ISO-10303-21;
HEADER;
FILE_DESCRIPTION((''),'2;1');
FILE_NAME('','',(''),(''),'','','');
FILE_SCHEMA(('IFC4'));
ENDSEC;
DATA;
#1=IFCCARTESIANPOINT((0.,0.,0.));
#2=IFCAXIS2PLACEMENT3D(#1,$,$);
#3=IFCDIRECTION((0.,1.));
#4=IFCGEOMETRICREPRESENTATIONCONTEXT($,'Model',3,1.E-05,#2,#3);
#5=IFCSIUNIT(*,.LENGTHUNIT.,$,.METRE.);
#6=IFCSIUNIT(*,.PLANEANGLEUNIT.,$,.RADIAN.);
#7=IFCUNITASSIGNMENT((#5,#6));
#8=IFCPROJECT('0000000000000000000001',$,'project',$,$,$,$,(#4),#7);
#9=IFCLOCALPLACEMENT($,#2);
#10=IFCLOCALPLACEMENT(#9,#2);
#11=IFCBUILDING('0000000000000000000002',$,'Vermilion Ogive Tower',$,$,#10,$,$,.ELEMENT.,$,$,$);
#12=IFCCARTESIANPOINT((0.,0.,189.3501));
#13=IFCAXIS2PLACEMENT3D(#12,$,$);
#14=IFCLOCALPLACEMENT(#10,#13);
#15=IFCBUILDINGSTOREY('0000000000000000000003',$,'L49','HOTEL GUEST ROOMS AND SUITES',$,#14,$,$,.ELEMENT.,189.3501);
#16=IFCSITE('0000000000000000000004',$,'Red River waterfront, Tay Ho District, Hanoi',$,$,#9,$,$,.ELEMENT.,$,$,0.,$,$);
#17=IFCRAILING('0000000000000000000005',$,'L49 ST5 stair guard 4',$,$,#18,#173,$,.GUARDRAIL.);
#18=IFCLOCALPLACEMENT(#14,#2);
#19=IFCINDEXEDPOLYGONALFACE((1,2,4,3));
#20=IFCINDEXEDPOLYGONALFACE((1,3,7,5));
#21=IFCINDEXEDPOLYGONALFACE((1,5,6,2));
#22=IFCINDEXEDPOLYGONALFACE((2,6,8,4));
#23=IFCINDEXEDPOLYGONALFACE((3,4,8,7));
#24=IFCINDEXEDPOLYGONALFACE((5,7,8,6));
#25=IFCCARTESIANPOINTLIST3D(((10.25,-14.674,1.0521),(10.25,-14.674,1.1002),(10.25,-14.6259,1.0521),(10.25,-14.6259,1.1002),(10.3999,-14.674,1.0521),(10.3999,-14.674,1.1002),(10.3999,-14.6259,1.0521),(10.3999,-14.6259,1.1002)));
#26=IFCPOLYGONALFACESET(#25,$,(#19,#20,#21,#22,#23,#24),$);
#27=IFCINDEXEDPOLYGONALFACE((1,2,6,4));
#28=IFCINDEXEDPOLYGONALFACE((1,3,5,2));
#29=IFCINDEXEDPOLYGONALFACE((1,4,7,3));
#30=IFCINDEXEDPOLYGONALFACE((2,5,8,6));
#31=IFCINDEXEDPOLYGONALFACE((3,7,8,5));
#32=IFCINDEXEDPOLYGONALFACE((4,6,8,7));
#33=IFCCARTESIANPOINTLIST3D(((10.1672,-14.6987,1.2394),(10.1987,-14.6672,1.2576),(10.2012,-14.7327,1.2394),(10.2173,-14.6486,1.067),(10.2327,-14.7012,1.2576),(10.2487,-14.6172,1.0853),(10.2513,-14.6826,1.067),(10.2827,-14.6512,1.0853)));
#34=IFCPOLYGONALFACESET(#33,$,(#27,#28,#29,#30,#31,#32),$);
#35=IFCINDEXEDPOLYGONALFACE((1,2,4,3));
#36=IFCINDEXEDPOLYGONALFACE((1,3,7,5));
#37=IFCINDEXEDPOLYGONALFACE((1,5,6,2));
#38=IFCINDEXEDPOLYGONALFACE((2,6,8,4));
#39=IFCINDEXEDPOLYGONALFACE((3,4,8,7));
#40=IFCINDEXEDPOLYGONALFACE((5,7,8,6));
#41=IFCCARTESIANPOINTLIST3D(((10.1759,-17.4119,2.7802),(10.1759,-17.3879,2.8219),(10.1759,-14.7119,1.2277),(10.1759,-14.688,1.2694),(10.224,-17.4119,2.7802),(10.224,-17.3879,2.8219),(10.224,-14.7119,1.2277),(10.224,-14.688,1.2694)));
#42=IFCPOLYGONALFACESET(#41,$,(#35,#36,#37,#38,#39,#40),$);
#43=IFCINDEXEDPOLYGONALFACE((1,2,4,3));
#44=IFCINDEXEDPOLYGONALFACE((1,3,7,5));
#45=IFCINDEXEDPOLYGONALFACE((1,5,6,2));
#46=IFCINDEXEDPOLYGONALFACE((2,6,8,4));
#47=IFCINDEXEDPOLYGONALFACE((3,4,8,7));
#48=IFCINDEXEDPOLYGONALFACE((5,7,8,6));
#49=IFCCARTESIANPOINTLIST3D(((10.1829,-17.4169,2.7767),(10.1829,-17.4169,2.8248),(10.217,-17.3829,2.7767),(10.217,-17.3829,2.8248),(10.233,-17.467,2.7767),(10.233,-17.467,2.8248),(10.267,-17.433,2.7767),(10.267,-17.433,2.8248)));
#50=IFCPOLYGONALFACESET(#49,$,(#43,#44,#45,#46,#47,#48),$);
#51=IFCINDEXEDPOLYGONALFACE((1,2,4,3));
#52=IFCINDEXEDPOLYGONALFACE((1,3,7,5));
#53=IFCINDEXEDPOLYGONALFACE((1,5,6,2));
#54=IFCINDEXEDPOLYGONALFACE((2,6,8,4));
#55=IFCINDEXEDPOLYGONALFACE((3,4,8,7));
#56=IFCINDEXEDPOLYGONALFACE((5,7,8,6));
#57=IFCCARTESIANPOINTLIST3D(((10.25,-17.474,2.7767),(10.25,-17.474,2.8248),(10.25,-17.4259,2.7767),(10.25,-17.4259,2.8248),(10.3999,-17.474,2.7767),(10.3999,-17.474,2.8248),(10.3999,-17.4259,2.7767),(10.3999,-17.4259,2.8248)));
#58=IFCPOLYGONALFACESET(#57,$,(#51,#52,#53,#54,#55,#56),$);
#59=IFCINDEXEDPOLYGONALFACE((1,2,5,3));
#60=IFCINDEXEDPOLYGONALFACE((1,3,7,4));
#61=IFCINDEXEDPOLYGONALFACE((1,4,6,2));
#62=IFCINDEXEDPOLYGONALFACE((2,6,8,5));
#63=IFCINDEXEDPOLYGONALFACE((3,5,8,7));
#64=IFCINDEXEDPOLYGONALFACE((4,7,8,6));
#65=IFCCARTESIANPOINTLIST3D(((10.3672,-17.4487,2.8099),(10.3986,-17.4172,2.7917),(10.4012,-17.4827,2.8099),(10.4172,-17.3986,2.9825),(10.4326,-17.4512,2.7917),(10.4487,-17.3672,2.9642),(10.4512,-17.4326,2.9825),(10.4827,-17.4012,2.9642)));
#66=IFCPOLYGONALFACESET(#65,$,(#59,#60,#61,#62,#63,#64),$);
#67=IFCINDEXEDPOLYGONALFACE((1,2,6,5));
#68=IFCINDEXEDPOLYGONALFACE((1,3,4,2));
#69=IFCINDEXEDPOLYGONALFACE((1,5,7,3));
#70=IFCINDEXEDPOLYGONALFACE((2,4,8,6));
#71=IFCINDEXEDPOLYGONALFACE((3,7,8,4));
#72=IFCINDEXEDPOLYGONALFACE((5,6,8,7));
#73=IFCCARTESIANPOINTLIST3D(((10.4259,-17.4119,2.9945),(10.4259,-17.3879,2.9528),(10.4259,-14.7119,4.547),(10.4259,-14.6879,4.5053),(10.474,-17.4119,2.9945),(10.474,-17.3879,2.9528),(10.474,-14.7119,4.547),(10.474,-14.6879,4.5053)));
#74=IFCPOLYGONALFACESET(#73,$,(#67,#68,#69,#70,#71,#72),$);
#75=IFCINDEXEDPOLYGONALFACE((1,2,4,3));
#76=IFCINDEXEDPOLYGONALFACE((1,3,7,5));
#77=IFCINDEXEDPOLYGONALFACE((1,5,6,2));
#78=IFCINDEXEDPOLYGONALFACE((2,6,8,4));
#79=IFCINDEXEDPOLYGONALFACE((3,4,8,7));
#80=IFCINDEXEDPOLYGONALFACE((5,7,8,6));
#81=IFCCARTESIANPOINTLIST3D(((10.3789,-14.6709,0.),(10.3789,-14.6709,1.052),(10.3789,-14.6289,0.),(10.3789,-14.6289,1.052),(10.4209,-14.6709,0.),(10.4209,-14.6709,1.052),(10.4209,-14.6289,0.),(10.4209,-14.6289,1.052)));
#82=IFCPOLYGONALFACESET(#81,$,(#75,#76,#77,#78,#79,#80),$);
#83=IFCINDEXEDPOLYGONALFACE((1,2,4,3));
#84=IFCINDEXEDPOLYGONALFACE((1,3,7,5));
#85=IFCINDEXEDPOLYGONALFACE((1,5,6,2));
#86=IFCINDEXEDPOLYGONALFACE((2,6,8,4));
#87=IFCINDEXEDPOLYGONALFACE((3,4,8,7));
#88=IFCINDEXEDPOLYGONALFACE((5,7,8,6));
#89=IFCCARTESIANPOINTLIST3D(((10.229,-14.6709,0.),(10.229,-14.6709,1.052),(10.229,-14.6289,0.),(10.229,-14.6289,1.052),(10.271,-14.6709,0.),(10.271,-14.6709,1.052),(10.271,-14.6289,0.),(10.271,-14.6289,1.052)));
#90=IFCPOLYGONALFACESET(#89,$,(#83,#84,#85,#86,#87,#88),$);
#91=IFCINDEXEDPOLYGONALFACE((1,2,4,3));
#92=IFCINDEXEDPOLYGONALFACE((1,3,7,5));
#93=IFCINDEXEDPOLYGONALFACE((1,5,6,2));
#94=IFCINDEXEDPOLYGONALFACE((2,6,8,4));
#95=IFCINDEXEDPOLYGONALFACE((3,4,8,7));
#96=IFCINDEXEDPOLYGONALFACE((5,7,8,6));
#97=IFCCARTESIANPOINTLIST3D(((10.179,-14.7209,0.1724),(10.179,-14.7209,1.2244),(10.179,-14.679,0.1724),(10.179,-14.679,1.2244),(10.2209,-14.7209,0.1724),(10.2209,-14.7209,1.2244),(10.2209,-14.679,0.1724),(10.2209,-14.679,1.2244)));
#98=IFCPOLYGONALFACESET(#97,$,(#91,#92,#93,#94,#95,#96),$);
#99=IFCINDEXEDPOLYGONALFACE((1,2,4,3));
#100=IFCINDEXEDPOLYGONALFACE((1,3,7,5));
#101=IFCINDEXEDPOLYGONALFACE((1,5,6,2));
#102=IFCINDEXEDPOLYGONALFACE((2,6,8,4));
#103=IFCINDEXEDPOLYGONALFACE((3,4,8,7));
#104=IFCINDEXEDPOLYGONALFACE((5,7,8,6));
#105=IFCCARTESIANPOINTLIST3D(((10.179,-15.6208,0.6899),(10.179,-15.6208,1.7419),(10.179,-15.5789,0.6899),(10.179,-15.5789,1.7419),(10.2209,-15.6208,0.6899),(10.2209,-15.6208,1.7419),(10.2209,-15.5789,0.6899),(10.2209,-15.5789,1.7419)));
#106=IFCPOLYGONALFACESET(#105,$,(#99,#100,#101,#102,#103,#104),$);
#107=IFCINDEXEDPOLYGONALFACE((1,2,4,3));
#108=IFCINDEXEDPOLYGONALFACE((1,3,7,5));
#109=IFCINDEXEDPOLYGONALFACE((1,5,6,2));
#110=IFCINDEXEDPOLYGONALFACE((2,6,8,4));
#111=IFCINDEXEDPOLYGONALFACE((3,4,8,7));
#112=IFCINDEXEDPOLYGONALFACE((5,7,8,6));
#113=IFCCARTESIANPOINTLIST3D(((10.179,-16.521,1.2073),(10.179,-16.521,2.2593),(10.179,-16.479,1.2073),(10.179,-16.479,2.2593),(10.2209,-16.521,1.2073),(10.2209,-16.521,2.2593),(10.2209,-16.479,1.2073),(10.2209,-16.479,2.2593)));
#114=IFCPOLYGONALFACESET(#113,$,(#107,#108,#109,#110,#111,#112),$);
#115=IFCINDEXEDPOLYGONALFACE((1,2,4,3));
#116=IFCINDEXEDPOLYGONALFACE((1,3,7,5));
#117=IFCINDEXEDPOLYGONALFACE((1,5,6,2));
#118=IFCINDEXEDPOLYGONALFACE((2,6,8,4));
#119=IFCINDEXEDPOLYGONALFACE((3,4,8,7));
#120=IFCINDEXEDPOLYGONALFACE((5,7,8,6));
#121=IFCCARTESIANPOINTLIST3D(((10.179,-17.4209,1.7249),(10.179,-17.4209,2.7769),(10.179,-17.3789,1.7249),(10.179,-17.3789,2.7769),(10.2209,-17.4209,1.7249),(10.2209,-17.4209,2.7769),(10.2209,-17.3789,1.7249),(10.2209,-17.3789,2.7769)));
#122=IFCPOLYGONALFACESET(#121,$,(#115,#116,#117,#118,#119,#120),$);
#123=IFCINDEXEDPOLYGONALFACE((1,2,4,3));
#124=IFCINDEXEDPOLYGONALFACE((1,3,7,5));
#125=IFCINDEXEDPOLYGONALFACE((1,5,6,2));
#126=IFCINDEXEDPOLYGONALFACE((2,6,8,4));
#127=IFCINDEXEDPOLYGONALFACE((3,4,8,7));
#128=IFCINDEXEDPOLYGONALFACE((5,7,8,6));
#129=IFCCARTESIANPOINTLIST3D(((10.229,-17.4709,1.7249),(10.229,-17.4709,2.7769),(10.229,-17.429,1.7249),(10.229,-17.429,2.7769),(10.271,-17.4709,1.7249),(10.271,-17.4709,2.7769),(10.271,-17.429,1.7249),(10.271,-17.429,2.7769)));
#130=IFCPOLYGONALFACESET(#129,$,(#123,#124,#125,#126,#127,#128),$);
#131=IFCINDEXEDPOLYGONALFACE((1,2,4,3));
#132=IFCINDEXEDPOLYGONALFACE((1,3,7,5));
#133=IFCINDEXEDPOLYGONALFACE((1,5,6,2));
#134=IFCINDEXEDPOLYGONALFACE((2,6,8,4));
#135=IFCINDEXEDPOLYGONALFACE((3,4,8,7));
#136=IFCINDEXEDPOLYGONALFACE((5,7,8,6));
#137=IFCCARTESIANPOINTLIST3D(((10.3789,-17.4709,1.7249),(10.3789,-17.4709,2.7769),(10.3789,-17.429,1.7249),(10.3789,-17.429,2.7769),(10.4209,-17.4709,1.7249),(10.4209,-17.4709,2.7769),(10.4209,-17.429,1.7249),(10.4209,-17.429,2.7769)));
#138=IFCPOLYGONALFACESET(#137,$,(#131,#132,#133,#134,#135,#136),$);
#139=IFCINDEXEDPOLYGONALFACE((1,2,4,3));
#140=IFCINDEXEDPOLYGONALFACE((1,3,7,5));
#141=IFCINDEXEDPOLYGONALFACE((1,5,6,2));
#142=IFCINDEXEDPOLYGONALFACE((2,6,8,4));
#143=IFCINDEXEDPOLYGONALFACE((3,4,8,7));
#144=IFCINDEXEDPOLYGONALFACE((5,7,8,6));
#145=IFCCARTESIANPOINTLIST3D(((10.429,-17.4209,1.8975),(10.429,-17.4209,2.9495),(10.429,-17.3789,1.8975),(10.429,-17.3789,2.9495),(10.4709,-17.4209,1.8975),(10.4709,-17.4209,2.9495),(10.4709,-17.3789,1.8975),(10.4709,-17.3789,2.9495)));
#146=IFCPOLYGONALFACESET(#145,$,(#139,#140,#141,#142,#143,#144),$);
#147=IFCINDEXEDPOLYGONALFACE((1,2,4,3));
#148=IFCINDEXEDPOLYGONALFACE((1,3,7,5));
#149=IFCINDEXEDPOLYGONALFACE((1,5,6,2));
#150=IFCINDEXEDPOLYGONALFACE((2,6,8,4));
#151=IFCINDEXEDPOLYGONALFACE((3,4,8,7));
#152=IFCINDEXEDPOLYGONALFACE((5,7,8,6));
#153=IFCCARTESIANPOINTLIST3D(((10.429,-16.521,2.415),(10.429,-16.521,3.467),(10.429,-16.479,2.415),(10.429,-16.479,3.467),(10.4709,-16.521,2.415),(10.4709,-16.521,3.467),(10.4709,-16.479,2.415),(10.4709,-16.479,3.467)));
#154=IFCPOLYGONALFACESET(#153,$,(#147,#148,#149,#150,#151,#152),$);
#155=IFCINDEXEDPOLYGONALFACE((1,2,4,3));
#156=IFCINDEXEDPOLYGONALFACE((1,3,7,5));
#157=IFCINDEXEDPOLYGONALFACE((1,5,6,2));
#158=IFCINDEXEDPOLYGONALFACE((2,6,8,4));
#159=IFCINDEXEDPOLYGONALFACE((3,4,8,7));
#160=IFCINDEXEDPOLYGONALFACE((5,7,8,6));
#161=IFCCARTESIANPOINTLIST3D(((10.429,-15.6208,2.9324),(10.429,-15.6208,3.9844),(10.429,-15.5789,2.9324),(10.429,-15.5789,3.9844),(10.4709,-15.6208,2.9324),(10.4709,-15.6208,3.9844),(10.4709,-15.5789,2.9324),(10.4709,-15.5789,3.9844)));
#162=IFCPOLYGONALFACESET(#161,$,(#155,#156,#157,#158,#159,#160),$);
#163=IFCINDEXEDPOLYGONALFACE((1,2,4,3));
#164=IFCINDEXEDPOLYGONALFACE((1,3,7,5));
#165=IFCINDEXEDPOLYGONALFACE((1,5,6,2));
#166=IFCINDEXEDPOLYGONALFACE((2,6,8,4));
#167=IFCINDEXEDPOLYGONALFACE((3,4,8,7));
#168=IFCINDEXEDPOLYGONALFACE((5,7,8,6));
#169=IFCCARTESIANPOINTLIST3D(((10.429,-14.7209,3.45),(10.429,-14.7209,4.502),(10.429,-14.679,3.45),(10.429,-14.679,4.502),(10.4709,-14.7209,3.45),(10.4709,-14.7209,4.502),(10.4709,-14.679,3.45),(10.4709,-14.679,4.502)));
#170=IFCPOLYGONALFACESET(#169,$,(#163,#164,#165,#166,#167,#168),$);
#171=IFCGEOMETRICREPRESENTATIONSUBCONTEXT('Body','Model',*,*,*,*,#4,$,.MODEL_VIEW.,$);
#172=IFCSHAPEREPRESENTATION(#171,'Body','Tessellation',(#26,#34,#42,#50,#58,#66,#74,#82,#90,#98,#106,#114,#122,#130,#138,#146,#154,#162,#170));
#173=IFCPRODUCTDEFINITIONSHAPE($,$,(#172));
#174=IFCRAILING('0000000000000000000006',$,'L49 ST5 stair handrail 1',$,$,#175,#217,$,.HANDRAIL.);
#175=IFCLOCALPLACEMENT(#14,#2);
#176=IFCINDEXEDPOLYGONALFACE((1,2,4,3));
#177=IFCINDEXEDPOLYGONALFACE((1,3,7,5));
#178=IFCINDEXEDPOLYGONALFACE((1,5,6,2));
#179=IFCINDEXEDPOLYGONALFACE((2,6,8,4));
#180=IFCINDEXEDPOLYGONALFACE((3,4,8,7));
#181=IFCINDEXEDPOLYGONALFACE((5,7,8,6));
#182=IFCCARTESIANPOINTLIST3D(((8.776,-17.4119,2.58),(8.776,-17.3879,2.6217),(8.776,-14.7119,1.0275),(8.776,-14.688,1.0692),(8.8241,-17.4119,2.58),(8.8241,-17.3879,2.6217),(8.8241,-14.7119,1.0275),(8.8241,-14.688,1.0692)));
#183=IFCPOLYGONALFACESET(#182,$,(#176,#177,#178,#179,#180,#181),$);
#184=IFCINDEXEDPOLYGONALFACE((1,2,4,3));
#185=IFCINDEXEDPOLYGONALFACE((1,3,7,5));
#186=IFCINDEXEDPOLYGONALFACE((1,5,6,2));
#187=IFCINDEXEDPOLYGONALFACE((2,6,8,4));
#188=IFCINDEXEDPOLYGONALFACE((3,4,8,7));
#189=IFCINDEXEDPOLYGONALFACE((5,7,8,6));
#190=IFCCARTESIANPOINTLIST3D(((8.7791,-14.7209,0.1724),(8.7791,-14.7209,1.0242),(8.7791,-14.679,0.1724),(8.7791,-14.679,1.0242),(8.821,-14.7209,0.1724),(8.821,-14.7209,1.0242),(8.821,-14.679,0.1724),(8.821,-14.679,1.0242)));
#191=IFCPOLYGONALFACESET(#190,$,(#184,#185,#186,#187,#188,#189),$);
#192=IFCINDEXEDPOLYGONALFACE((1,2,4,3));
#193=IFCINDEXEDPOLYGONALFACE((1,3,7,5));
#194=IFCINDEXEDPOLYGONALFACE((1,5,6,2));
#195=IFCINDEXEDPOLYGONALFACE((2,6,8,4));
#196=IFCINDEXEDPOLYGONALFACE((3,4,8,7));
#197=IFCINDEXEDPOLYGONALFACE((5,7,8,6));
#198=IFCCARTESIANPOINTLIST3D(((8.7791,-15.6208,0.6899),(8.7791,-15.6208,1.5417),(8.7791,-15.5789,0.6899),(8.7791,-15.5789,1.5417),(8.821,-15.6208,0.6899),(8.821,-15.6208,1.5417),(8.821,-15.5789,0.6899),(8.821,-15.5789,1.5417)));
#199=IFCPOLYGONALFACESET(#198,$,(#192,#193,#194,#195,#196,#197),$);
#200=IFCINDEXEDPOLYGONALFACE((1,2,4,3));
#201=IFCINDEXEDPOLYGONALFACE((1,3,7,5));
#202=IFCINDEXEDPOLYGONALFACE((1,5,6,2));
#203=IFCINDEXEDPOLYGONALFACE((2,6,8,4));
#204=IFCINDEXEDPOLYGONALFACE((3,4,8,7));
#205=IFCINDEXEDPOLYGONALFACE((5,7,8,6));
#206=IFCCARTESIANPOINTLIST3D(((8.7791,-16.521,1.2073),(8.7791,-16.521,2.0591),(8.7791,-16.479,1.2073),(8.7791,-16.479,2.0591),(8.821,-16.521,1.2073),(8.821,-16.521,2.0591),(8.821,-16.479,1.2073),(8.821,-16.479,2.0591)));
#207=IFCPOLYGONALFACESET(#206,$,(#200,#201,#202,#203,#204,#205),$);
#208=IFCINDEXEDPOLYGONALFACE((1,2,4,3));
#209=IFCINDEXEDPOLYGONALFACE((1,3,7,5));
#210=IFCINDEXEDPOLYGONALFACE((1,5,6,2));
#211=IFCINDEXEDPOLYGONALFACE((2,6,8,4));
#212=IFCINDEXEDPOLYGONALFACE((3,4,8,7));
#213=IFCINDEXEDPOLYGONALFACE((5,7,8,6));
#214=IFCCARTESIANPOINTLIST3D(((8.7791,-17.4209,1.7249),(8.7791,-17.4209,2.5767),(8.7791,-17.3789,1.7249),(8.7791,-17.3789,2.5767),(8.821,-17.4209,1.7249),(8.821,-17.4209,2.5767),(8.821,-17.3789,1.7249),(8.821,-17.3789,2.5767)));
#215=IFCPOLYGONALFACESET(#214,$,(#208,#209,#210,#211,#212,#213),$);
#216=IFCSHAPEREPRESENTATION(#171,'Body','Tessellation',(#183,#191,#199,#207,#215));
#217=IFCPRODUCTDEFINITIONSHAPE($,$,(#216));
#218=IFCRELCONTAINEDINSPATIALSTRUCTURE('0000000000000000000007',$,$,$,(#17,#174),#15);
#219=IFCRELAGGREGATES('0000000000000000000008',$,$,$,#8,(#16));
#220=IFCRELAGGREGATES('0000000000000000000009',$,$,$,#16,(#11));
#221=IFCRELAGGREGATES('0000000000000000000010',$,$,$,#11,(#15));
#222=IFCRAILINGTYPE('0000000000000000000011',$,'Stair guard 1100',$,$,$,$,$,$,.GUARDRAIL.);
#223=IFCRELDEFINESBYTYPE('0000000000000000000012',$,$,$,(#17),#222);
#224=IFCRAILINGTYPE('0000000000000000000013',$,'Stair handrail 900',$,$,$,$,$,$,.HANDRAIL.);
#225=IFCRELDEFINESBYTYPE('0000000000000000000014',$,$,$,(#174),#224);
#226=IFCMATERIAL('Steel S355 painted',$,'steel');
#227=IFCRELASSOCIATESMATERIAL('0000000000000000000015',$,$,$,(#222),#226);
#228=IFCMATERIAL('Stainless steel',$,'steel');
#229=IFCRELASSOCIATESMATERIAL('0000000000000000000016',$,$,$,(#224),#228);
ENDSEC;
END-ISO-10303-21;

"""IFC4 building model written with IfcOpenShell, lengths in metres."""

from ifc_helpers import new_model, si_unit, direction, frame, origin, origin_2d, place, context, subcontext, project, spatial, rectangle, extrude, material, type_object, element, save


model = new_model("IFC4")

# Units and contexts
model_context = context("Model", 3, precision=1e-05, world=origin(), true_north=direction((0.0, 1.0)))
body_context = subcontext(model_context, "Body", "Model", "MODEL_VIEW")
ifc_project = project(units=[si_unit("LENGTHUNIT", "METRE"), si_unit("PLANEANGLEUNIT", "RADIAN")], contexts=[model_context])

# Site, building, storey
site_placement = place(None, origin())
site = spatial("IfcSite", under=ifc_project, at=site_placement, Name="Red River waterfront, Tay Ho District, Hanoi", CompositionType="ELEMENT", RefElevation=0.0)
building_placement = place(site_placement, origin())
building = spatial("IfcBuilding", under=site, at=building_placement, Name="Vermilion Ogive Tower", CompositionType="ELEMENT")
storey_placement = place(building_placement, frame((0.0, 0.0, 189.3501)))
storey = spatial("IfcBuildingStorey", under=building, at=storey_placement, Name="L49", Description="HOTEL GUEST ROOMS AND SUITES", CompositionType="ELEMENT", Elevation=189.3501)

# Railings
ifc_material_1 = material(Name="Steel S355 painted", Category="steel")
railing_type_1 = type_object("IfcRailingType", Name="Stair guard 1100", PredefinedType="GUARDRAIL", material=ifc_material_1)
railing_1_placement = place(storey_placement, frame((10.3999, -14.6499, 0.0)))
element("IfcRailing", 1, at=railing_1_placement, inside=storey, type_object=railing_type_1, Name="L49 ST5 stair guard 4", PredefinedType="GUARDRAIL", context=body_context, shape_type="SweptSolid", body=[
    extrude(rectangle(XDim=0.0481, YDim=0.0481, at=origin_2d()), frame((0.0, 0.0, 1.0762), z_axis=(-1.0, 0.0, 0.0), x_axis=(0.0, -1.0, 0.0)), (0.0, 0.0, 1.0), 0.1499),
    extrude(rectangle(XDim=0.0481, YDim=0.0481, at=origin_2d()), frame((-0.1499, 0.0, 1.0762), z_axis=(-0.268603, -0.268603, 0.925043), x_axis=(0.707107, -0.707107, 0.0)), (0.0, 0.0, 1.0), 0.1863),
    extrude(rectangle(XDim=0.0481, YDim=0.0481, at=origin_2d()), frame((-0.2, -0.05, 1.2485), z_axis=(0.0, -0.866904, 0.498476), x_axis=(1.0, 0.0, 0.0)), (0.0, 0.0, 1.0), 3.1145),
    extrude(rectangle(XDim=0.0481, YDim=0.0481, at=origin_2d()), frame((-0.2, -2.75, 2.8008), z_axis=(0.707107, -0.707107, 0.0), x_axis=(0.707107, 0.707107, 0.0)), (0.0, 0.0, 1.0), 0.0708),
    extrude(rectangle(XDim=0.0481, YDim=0.0481, at=origin_2d()), frame((-0.1499, -2.8, 2.8008), z_axis=(1.0, 0.0, 0.0), x_axis=(0.0, 1.0, 0.0)), (0.0, 0.0, 1.0), 0.1499),
    extrude(rectangle(XDim=0.0481, YDim=0.0481, at=origin_2d()), frame((0.0, -2.8, 2.8008), z_axis=(0.268278, 0.268278, 0.925232), x_axis=(-0.707107, 0.707107, 0.0)), (0.0, 0.0, 1.0), 0.1865),
    extrude(rectangle(XDim=0.0481, YDim=0.0481, at=origin_2d()), frame((0.05, -2.75, 2.9736), z_axis=(0.0, 0.866904, 0.498476), x_axis=(-1.0, 0.0, 0.0)), (0.0, 0.0, 1.0), 3.1145),
    extrude(rectangle(XDim=0.042, YDim=0.042, at=origin_2d()), origin(), (0.0, 0.0, 1.0), 1.052),
    extrude(rectangle(XDim=0.042, YDim=0.042, at=origin_2d()), frame((-0.1499, 0.0, 0.0)), (0.0, 0.0, 1.0), 1.052),
    extrude(rectangle(XDim=0.042, YDim=0.042, at=origin_2d()), frame((-0.2, -0.05, 0.1724)), (0.0, 0.0, 1.0), 1.052),
    extrude(rectangle(XDim=0.042, YDim=0.042, at=origin_2d()), frame((-0.2, -0.95, 0.6899)), (0.0, 0.0, 1.0), 1.052),
    extrude(rectangle(XDim=0.042, YDim=0.042, at=origin_2d()), frame((-0.2, -1.8501, 1.2073)), (0.0, 0.0, 1.0), 1.052),
    extrude(rectangle(XDim=0.042, YDim=0.042, at=origin_2d()), frame((-0.2, -2.75, 1.7249)), (0.0, 0.0, 1.0), 1.052),
    extrude(rectangle(XDim=0.042, YDim=0.042, at=origin_2d()), frame((-0.1499, -2.8, 1.7249)), (0.0, 0.0, 1.0), 1.052),
    extrude(rectangle(XDim=0.042, YDim=0.042, at=origin_2d()), frame((0.0, -2.8, 1.7249)), (0.0, 0.0, 1.0), 1.052),
    extrude(rectangle(XDim=0.042, YDim=0.042, at=origin_2d()), frame((0.05, -2.75, 1.8975)), (0.0, 0.0, 1.0), 1.052),
    extrude(rectangle(XDim=0.042, YDim=0.042, at=origin_2d()), frame((0.05, -1.8501, 2.415)), (0.0, 0.0, 1.0), 1.052),
    extrude(rectangle(XDim=0.042, YDim=0.042, at=origin_2d()), frame((0.05, -0.95, 2.9324)), (0.0, 0.0, 1.0), 1.052),
    extrude(rectangle(XDim=0.042, YDim=0.042, at=origin_2d()), frame((0.05, -0.05, 3.45)), (0.0, 0.0, 1.0), 1.052),
])
ifc_material_2 = material(Name="Stainless steel", Category="steel")
railing_type_2 = type_object("IfcRailingType", Name="Stair handrail 900", PredefinedType="HANDRAIL", material=ifc_material_2)
railing_2_placement = place(storey_placement, frame((8.8, -14.7, 0.1724)))
element("IfcRailing", 2, at=railing_2_placement, inside=storey, type_object=railing_type_2, Name="L49 ST5 stair handrail 1", PredefinedType="HANDRAIL", context=body_context, shape_type="SweptSolid", body=[
    extrude(rectangle(XDim=0.0481, YDim=0.0481, at=origin_2d()), frame((0.0, 0.0, 0.876), z_axis=(0.0, -0.866904, 0.498476), x_axis=(1.0, 0.0, 0.0)), (0.0, 0.0, 1.0), 3.1145),
    extrude(rectangle(XDim=0.042, YDim=0.042, at=origin_2d()), origin(), (0.0, 0.0, 1.0), 0.8518),
    extrude(rectangle(XDim=0.042, YDim=0.042, at=origin_2d()), frame((0.0, -0.8999, 0.5176)), (0.0, 0.0, 1.0), 0.8518),
    extrude(rectangle(XDim=0.042, YDim=0.042, at=origin_2d()), frame((0.0, -1.8, 1.0349)), (0.0, 0.0, 1.0), 0.8518),
    extrude(rectangle(XDim=0.042, YDim=0.042, at=origin_2d()), frame((0.0, -2.7, 1.5525)), (0.0, 0.0, 1.0), 0.8518),
])

save(model, "model.ifc")
